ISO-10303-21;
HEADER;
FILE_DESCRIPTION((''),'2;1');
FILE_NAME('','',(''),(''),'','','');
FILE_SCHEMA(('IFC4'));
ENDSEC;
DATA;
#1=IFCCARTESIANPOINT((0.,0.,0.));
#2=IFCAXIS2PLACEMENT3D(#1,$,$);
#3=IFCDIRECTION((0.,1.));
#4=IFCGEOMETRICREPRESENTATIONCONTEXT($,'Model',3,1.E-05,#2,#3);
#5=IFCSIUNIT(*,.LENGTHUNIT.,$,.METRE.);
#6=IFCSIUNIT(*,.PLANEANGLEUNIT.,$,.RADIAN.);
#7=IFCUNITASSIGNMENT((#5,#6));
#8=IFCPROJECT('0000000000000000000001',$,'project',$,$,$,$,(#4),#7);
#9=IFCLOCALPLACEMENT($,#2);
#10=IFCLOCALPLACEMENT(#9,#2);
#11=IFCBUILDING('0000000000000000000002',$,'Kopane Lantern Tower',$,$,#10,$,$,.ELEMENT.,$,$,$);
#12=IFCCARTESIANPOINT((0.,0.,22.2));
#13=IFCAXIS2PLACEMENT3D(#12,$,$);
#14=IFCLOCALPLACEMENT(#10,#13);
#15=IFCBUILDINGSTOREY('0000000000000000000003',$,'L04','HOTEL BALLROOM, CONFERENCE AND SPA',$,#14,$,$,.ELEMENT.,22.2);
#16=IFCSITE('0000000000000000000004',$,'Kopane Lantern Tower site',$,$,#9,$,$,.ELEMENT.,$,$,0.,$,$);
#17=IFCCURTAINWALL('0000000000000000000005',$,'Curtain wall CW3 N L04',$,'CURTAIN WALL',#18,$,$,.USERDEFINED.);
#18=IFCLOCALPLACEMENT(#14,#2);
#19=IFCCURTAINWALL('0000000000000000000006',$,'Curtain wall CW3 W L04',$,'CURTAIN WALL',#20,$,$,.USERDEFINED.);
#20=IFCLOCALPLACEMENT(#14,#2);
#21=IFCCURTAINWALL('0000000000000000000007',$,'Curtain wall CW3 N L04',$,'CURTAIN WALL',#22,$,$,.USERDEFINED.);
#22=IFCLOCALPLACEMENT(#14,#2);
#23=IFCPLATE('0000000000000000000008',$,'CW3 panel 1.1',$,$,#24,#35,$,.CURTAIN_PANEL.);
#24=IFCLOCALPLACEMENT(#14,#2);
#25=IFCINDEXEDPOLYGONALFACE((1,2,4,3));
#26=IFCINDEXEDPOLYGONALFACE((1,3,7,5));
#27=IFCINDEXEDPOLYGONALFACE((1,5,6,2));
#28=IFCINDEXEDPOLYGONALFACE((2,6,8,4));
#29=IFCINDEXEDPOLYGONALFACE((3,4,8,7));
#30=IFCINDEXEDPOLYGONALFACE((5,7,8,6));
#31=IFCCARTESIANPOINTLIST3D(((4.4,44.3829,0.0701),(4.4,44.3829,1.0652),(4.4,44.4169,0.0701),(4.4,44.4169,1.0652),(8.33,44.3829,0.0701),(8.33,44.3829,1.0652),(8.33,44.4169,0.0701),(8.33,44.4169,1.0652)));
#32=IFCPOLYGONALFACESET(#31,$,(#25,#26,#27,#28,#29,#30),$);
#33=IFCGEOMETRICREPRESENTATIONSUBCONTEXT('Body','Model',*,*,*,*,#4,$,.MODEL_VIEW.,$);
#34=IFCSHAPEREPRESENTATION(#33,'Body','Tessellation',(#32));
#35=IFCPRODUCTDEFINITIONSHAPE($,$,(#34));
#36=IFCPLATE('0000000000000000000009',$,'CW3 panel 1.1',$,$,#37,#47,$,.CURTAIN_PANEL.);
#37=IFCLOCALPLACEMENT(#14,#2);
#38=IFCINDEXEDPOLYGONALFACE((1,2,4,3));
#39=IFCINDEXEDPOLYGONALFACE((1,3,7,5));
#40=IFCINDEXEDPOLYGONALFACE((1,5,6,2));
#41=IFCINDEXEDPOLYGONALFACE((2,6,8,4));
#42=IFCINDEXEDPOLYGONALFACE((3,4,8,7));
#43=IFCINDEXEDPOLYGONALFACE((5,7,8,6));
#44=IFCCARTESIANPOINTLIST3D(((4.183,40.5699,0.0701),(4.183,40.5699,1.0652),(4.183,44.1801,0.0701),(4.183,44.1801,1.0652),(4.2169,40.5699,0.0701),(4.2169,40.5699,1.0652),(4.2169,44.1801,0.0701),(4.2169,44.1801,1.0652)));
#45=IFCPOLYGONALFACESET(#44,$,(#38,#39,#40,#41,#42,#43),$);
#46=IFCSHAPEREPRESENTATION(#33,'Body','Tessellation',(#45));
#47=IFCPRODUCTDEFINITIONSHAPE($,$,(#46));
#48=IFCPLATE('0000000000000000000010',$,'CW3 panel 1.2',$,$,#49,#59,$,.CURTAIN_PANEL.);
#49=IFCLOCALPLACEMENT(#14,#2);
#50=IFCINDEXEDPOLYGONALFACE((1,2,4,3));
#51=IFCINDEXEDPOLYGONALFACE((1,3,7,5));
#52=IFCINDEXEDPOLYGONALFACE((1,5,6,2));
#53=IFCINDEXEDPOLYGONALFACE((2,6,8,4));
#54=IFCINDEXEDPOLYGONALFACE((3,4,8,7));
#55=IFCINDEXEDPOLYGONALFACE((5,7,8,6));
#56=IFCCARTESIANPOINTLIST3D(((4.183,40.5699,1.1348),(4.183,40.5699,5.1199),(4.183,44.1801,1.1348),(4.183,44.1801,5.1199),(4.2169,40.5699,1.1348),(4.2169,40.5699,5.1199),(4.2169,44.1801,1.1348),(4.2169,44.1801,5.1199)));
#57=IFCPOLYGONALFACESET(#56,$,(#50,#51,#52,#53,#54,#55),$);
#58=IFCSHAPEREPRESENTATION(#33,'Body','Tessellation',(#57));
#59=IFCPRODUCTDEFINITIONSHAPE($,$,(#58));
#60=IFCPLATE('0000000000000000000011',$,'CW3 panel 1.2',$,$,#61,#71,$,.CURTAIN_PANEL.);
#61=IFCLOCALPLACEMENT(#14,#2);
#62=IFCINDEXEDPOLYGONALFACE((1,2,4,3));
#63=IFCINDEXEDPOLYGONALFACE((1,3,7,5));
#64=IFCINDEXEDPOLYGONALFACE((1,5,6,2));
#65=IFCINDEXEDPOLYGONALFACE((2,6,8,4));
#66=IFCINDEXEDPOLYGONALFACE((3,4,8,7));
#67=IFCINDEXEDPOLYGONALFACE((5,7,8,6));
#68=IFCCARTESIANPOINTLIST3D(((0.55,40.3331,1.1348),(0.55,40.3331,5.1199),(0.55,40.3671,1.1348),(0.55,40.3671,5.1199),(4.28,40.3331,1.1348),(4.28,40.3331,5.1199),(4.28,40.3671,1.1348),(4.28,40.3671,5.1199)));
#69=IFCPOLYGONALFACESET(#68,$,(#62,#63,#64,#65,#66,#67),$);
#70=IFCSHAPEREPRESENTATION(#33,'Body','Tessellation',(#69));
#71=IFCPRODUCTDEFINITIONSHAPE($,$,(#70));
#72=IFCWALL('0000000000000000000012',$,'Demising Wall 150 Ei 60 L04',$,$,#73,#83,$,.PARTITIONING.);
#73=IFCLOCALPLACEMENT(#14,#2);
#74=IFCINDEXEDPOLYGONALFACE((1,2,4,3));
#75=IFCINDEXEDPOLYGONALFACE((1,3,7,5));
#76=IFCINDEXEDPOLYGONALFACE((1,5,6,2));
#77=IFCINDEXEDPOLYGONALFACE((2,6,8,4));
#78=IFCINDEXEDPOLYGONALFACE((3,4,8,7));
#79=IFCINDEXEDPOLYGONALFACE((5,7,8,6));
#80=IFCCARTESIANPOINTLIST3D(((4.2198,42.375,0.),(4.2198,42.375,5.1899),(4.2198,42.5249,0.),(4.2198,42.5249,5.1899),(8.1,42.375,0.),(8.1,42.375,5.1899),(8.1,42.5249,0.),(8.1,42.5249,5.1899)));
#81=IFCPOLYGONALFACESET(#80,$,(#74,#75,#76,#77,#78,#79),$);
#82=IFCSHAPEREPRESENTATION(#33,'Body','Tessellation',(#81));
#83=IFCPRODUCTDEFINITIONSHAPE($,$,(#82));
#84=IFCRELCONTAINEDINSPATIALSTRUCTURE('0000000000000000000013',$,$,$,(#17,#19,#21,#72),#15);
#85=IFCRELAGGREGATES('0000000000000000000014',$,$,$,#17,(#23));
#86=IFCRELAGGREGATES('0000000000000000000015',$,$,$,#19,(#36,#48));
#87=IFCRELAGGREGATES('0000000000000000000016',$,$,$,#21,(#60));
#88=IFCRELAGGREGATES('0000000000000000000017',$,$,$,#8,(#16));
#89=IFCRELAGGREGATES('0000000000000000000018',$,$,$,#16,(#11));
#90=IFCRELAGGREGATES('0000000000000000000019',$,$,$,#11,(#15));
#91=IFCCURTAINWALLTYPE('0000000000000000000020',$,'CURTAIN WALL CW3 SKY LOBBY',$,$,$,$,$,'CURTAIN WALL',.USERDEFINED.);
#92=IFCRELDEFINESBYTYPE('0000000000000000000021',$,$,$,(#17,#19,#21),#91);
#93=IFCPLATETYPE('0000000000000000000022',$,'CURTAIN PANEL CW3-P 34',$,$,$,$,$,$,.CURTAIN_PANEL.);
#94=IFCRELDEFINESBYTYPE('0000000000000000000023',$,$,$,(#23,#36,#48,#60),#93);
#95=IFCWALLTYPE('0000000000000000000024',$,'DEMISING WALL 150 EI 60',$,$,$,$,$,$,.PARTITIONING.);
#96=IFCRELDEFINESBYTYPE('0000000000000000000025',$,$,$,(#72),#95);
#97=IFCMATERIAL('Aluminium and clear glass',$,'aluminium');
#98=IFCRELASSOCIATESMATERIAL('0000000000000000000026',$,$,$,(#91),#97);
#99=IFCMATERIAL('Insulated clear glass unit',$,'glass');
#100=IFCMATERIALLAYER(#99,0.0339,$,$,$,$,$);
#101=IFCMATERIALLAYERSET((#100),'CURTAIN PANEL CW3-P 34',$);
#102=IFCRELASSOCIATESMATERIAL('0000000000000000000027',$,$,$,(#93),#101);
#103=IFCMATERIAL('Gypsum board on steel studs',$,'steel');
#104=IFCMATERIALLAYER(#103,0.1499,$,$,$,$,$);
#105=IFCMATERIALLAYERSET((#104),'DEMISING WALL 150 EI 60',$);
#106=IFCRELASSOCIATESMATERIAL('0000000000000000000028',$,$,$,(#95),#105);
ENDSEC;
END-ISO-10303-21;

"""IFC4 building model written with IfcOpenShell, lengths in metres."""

from ifc_helpers import new_model, si_unit, direction, frame, frame_2d, origin, origin_2d, place, context, subcontext, project, spatial, rectangle, extrude, material, layer, layer_set, type_object, element, aggregate, save


model = new_model("IFC4")

# Units and contexts
model_context = context("Model", 3, precision=1e-05, world=origin(), true_north=direction((0.0, 1.0)))
body_context = subcontext(model_context, "Body", "Model", "MODEL_VIEW")
ifc_project = project(units=[si_unit("LENGTHUNIT", "METRE"), si_unit("PLANEANGLEUNIT", "RADIAN")], contexts=[model_context])

# Site, building, storey
site_placement = place(None, origin())
site = spatial("IfcSite", under=ifc_project, at=site_placement, Name="Kopane Lantern Tower site", CompositionType="ELEMENT", RefElevation=0.0)
building_placement = place(site_placement, origin())
building = spatial("IfcBuilding", under=site, at=building_placement, Name="Kopane Lantern Tower", CompositionType="ELEMENT")
storey_placement = place(building_placement, frame((0.0, 0.0, 22.2)))
storey = spatial("IfcBuildingStorey", under=building, at=storey_placement, Name="L04", Description="HOTEL BALLROOM, CONFERENCE AND SPA", CompositionType="ELEMENT", Elevation=22.2)

# Curtain wall
ifc_material_1 = material(Name="Aluminium and clear glass", Category="aluminium")
curtain_wall_type = type_object("IfcCurtainWallType", Name="CURTAIN WALL CW3 SKY LOBBY", ElementType="CURTAIN WALL", PredefinedType="USERDEFINED", material=ifc_material_1)
curtain_wall_1_placement = place(storey_placement, origin())
curtain_wall_1 = element("IfcCurtainWall", 1, at=curtain_wall_1_placement, inside=storey, type_object=curtain_wall_type, Name="Curtain wall CW3 N L04", ObjectType="CURTAIN WALL", PredefinedType="USERDEFINED")

# Curtain wall
curtain_wall_2_placement = place(storey_placement, origin())
curtain_wall_2 = element("IfcCurtainWall", 2, at=curtain_wall_2_placement, inside=storey, type_object=curtain_wall_type, Name="Curtain wall CW3 W L04", ObjectType="CURTAIN WALL", PredefinedType="USERDEFINED")

# Curtain wall
curtain_wall_3_placement = place(storey_placement, origin())
curtain_wall_3 = element("IfcCurtainWall", 3, at=curtain_wall_3_placement, inside=storey, type_object=curtain_wall_type, Name="Curtain wall CW3 N L04", ObjectType="CURTAIN WALL", PredefinedType="USERDEFINED")

# Plates
ifc_material_2 = material(Name="Insulated clear glass unit", Category="glass")
ifc_layer_1 = layer(ifc_material_2, 0.0339)
ifc_layer_set_1 = layer_set([ifc_layer_1], Name="CURTAIN PANEL CW3-P 34")
plate_type = type_object("IfcPlateType", Name="CURTAIN PANEL CW3-P 34", PredefinedType="CURTAIN_PANEL", material=ifc_layer_set_1)
plate_1_placement = place(storey_placement, frame((6.365, 44.3999, 0.0701), z_axis=(0.0, 0.0, 1.0), x_axis=(-1.0, 0.0, 0.0)))
plate_1 = element("IfcPlate", 4, at=plate_1_placement, type_object=plate_type, Name="CW3 panel 1.1", PredefinedType="CURTAIN_PANEL", context=body_context, shape_type="SweptSolid", body=[
    extrude(rectangle(XDim=3.9299, YDim=0.0339, at=origin_2d()), origin(), (0.0, 0.0, 1.0), 0.9951),
])
aggregate(curtain_wall_1, [plate_1])
plate_2_placement = place(storey_placement, frame((4.2, 42.375, 0.0701), z_axis=(0.0, 0.0, 1.0), x_axis=(0.0, -1.0, 0.0)))
plate_2 = element("IfcPlate", 5, at=plate_2_placement, type_object=plate_type, Name="CW3 panel 1.1", PredefinedType="CURTAIN_PANEL", context=body_context, shape_type="SweptSolid", body=[
    extrude(rectangle(XDim=3.6101, YDim=0.0339, at=origin_2d()), origin(), (0.0, 0.0, 1.0), 0.9951),
])
plate_3_placement = place(storey_placement, frame((4.2, 42.375, 1.1348), z_axis=(0.0, 0.0, 1.0), x_axis=(0.0, -1.0, 0.0)))
plate_3 = element("IfcPlate", 6, at=plate_3_placement, type_object=plate_type, Name="CW3 panel 1.2", PredefinedType="CURTAIN_PANEL", context=body_context, shape_type="SweptSolid", body=[
    extrude(rectangle(XDim=3.6101, YDim=0.0339, at=origin_2d()), origin(), (0.0, 0.0, 1.0), 3.9851),
])
aggregate(curtain_wall_2, [plate_2, plate_3])
plate_4_placement = place(storey_placement, frame((2.415, 40.3501, 1.1348), z_axis=(0.0, 0.0, 1.0), x_axis=(-1.0, 0.0, 0.0)))
plate_4 = element("IfcPlate", 7, at=plate_4_placement, type_object=plate_type, Name="CW3 panel 1.2", PredefinedType="CURTAIN_PANEL", context=body_context, shape_type="SweptSolid", body=[
    extrude(rectangle(XDim=3.73, YDim=0.0339, at=origin_2d()), origin(), (0.0, 0.0, 1.0), 3.9851),
])
aggregate(curtain_wall_3, [plate_4])

# Wall
ifc_material_3 = material(Name="Gypsum board on steel studs", Category="steel")
ifc_layer_2 = layer(ifc_material_3, 0.1499)
ifc_layer_set_2 = layer_set([ifc_layer_2], Name="DEMISING WALL 150 EI 60")
wall_type = type_object("IfcWallType", Name="DEMISING WALL 150 EI 60", PredefinedType="PARTITIONING", material=ifc_layer_set_2)
wall_placement = place(storey_placement, frame((4.22, 42.45, 0.0), z_axis=(0.0, 0.0, 1.0), x_axis=(1.0, 0.0, 0.0)))
element("IfcWall", 8, at=wall_placement, inside=storey, type_object=wall_type, Name="Demising Wall 150 Ei 60 L04", PredefinedType="PARTITIONING", context=body_context, shape_type="SweptSolid", body=[
    extrude(rectangle(XDim=3.8801, YDim=0.1499, at=frame_2d((1.9399, 0.0))), origin(), (0.0, 0.0, 1.0), 5.1899),
])

save(model, "model.ifc")
